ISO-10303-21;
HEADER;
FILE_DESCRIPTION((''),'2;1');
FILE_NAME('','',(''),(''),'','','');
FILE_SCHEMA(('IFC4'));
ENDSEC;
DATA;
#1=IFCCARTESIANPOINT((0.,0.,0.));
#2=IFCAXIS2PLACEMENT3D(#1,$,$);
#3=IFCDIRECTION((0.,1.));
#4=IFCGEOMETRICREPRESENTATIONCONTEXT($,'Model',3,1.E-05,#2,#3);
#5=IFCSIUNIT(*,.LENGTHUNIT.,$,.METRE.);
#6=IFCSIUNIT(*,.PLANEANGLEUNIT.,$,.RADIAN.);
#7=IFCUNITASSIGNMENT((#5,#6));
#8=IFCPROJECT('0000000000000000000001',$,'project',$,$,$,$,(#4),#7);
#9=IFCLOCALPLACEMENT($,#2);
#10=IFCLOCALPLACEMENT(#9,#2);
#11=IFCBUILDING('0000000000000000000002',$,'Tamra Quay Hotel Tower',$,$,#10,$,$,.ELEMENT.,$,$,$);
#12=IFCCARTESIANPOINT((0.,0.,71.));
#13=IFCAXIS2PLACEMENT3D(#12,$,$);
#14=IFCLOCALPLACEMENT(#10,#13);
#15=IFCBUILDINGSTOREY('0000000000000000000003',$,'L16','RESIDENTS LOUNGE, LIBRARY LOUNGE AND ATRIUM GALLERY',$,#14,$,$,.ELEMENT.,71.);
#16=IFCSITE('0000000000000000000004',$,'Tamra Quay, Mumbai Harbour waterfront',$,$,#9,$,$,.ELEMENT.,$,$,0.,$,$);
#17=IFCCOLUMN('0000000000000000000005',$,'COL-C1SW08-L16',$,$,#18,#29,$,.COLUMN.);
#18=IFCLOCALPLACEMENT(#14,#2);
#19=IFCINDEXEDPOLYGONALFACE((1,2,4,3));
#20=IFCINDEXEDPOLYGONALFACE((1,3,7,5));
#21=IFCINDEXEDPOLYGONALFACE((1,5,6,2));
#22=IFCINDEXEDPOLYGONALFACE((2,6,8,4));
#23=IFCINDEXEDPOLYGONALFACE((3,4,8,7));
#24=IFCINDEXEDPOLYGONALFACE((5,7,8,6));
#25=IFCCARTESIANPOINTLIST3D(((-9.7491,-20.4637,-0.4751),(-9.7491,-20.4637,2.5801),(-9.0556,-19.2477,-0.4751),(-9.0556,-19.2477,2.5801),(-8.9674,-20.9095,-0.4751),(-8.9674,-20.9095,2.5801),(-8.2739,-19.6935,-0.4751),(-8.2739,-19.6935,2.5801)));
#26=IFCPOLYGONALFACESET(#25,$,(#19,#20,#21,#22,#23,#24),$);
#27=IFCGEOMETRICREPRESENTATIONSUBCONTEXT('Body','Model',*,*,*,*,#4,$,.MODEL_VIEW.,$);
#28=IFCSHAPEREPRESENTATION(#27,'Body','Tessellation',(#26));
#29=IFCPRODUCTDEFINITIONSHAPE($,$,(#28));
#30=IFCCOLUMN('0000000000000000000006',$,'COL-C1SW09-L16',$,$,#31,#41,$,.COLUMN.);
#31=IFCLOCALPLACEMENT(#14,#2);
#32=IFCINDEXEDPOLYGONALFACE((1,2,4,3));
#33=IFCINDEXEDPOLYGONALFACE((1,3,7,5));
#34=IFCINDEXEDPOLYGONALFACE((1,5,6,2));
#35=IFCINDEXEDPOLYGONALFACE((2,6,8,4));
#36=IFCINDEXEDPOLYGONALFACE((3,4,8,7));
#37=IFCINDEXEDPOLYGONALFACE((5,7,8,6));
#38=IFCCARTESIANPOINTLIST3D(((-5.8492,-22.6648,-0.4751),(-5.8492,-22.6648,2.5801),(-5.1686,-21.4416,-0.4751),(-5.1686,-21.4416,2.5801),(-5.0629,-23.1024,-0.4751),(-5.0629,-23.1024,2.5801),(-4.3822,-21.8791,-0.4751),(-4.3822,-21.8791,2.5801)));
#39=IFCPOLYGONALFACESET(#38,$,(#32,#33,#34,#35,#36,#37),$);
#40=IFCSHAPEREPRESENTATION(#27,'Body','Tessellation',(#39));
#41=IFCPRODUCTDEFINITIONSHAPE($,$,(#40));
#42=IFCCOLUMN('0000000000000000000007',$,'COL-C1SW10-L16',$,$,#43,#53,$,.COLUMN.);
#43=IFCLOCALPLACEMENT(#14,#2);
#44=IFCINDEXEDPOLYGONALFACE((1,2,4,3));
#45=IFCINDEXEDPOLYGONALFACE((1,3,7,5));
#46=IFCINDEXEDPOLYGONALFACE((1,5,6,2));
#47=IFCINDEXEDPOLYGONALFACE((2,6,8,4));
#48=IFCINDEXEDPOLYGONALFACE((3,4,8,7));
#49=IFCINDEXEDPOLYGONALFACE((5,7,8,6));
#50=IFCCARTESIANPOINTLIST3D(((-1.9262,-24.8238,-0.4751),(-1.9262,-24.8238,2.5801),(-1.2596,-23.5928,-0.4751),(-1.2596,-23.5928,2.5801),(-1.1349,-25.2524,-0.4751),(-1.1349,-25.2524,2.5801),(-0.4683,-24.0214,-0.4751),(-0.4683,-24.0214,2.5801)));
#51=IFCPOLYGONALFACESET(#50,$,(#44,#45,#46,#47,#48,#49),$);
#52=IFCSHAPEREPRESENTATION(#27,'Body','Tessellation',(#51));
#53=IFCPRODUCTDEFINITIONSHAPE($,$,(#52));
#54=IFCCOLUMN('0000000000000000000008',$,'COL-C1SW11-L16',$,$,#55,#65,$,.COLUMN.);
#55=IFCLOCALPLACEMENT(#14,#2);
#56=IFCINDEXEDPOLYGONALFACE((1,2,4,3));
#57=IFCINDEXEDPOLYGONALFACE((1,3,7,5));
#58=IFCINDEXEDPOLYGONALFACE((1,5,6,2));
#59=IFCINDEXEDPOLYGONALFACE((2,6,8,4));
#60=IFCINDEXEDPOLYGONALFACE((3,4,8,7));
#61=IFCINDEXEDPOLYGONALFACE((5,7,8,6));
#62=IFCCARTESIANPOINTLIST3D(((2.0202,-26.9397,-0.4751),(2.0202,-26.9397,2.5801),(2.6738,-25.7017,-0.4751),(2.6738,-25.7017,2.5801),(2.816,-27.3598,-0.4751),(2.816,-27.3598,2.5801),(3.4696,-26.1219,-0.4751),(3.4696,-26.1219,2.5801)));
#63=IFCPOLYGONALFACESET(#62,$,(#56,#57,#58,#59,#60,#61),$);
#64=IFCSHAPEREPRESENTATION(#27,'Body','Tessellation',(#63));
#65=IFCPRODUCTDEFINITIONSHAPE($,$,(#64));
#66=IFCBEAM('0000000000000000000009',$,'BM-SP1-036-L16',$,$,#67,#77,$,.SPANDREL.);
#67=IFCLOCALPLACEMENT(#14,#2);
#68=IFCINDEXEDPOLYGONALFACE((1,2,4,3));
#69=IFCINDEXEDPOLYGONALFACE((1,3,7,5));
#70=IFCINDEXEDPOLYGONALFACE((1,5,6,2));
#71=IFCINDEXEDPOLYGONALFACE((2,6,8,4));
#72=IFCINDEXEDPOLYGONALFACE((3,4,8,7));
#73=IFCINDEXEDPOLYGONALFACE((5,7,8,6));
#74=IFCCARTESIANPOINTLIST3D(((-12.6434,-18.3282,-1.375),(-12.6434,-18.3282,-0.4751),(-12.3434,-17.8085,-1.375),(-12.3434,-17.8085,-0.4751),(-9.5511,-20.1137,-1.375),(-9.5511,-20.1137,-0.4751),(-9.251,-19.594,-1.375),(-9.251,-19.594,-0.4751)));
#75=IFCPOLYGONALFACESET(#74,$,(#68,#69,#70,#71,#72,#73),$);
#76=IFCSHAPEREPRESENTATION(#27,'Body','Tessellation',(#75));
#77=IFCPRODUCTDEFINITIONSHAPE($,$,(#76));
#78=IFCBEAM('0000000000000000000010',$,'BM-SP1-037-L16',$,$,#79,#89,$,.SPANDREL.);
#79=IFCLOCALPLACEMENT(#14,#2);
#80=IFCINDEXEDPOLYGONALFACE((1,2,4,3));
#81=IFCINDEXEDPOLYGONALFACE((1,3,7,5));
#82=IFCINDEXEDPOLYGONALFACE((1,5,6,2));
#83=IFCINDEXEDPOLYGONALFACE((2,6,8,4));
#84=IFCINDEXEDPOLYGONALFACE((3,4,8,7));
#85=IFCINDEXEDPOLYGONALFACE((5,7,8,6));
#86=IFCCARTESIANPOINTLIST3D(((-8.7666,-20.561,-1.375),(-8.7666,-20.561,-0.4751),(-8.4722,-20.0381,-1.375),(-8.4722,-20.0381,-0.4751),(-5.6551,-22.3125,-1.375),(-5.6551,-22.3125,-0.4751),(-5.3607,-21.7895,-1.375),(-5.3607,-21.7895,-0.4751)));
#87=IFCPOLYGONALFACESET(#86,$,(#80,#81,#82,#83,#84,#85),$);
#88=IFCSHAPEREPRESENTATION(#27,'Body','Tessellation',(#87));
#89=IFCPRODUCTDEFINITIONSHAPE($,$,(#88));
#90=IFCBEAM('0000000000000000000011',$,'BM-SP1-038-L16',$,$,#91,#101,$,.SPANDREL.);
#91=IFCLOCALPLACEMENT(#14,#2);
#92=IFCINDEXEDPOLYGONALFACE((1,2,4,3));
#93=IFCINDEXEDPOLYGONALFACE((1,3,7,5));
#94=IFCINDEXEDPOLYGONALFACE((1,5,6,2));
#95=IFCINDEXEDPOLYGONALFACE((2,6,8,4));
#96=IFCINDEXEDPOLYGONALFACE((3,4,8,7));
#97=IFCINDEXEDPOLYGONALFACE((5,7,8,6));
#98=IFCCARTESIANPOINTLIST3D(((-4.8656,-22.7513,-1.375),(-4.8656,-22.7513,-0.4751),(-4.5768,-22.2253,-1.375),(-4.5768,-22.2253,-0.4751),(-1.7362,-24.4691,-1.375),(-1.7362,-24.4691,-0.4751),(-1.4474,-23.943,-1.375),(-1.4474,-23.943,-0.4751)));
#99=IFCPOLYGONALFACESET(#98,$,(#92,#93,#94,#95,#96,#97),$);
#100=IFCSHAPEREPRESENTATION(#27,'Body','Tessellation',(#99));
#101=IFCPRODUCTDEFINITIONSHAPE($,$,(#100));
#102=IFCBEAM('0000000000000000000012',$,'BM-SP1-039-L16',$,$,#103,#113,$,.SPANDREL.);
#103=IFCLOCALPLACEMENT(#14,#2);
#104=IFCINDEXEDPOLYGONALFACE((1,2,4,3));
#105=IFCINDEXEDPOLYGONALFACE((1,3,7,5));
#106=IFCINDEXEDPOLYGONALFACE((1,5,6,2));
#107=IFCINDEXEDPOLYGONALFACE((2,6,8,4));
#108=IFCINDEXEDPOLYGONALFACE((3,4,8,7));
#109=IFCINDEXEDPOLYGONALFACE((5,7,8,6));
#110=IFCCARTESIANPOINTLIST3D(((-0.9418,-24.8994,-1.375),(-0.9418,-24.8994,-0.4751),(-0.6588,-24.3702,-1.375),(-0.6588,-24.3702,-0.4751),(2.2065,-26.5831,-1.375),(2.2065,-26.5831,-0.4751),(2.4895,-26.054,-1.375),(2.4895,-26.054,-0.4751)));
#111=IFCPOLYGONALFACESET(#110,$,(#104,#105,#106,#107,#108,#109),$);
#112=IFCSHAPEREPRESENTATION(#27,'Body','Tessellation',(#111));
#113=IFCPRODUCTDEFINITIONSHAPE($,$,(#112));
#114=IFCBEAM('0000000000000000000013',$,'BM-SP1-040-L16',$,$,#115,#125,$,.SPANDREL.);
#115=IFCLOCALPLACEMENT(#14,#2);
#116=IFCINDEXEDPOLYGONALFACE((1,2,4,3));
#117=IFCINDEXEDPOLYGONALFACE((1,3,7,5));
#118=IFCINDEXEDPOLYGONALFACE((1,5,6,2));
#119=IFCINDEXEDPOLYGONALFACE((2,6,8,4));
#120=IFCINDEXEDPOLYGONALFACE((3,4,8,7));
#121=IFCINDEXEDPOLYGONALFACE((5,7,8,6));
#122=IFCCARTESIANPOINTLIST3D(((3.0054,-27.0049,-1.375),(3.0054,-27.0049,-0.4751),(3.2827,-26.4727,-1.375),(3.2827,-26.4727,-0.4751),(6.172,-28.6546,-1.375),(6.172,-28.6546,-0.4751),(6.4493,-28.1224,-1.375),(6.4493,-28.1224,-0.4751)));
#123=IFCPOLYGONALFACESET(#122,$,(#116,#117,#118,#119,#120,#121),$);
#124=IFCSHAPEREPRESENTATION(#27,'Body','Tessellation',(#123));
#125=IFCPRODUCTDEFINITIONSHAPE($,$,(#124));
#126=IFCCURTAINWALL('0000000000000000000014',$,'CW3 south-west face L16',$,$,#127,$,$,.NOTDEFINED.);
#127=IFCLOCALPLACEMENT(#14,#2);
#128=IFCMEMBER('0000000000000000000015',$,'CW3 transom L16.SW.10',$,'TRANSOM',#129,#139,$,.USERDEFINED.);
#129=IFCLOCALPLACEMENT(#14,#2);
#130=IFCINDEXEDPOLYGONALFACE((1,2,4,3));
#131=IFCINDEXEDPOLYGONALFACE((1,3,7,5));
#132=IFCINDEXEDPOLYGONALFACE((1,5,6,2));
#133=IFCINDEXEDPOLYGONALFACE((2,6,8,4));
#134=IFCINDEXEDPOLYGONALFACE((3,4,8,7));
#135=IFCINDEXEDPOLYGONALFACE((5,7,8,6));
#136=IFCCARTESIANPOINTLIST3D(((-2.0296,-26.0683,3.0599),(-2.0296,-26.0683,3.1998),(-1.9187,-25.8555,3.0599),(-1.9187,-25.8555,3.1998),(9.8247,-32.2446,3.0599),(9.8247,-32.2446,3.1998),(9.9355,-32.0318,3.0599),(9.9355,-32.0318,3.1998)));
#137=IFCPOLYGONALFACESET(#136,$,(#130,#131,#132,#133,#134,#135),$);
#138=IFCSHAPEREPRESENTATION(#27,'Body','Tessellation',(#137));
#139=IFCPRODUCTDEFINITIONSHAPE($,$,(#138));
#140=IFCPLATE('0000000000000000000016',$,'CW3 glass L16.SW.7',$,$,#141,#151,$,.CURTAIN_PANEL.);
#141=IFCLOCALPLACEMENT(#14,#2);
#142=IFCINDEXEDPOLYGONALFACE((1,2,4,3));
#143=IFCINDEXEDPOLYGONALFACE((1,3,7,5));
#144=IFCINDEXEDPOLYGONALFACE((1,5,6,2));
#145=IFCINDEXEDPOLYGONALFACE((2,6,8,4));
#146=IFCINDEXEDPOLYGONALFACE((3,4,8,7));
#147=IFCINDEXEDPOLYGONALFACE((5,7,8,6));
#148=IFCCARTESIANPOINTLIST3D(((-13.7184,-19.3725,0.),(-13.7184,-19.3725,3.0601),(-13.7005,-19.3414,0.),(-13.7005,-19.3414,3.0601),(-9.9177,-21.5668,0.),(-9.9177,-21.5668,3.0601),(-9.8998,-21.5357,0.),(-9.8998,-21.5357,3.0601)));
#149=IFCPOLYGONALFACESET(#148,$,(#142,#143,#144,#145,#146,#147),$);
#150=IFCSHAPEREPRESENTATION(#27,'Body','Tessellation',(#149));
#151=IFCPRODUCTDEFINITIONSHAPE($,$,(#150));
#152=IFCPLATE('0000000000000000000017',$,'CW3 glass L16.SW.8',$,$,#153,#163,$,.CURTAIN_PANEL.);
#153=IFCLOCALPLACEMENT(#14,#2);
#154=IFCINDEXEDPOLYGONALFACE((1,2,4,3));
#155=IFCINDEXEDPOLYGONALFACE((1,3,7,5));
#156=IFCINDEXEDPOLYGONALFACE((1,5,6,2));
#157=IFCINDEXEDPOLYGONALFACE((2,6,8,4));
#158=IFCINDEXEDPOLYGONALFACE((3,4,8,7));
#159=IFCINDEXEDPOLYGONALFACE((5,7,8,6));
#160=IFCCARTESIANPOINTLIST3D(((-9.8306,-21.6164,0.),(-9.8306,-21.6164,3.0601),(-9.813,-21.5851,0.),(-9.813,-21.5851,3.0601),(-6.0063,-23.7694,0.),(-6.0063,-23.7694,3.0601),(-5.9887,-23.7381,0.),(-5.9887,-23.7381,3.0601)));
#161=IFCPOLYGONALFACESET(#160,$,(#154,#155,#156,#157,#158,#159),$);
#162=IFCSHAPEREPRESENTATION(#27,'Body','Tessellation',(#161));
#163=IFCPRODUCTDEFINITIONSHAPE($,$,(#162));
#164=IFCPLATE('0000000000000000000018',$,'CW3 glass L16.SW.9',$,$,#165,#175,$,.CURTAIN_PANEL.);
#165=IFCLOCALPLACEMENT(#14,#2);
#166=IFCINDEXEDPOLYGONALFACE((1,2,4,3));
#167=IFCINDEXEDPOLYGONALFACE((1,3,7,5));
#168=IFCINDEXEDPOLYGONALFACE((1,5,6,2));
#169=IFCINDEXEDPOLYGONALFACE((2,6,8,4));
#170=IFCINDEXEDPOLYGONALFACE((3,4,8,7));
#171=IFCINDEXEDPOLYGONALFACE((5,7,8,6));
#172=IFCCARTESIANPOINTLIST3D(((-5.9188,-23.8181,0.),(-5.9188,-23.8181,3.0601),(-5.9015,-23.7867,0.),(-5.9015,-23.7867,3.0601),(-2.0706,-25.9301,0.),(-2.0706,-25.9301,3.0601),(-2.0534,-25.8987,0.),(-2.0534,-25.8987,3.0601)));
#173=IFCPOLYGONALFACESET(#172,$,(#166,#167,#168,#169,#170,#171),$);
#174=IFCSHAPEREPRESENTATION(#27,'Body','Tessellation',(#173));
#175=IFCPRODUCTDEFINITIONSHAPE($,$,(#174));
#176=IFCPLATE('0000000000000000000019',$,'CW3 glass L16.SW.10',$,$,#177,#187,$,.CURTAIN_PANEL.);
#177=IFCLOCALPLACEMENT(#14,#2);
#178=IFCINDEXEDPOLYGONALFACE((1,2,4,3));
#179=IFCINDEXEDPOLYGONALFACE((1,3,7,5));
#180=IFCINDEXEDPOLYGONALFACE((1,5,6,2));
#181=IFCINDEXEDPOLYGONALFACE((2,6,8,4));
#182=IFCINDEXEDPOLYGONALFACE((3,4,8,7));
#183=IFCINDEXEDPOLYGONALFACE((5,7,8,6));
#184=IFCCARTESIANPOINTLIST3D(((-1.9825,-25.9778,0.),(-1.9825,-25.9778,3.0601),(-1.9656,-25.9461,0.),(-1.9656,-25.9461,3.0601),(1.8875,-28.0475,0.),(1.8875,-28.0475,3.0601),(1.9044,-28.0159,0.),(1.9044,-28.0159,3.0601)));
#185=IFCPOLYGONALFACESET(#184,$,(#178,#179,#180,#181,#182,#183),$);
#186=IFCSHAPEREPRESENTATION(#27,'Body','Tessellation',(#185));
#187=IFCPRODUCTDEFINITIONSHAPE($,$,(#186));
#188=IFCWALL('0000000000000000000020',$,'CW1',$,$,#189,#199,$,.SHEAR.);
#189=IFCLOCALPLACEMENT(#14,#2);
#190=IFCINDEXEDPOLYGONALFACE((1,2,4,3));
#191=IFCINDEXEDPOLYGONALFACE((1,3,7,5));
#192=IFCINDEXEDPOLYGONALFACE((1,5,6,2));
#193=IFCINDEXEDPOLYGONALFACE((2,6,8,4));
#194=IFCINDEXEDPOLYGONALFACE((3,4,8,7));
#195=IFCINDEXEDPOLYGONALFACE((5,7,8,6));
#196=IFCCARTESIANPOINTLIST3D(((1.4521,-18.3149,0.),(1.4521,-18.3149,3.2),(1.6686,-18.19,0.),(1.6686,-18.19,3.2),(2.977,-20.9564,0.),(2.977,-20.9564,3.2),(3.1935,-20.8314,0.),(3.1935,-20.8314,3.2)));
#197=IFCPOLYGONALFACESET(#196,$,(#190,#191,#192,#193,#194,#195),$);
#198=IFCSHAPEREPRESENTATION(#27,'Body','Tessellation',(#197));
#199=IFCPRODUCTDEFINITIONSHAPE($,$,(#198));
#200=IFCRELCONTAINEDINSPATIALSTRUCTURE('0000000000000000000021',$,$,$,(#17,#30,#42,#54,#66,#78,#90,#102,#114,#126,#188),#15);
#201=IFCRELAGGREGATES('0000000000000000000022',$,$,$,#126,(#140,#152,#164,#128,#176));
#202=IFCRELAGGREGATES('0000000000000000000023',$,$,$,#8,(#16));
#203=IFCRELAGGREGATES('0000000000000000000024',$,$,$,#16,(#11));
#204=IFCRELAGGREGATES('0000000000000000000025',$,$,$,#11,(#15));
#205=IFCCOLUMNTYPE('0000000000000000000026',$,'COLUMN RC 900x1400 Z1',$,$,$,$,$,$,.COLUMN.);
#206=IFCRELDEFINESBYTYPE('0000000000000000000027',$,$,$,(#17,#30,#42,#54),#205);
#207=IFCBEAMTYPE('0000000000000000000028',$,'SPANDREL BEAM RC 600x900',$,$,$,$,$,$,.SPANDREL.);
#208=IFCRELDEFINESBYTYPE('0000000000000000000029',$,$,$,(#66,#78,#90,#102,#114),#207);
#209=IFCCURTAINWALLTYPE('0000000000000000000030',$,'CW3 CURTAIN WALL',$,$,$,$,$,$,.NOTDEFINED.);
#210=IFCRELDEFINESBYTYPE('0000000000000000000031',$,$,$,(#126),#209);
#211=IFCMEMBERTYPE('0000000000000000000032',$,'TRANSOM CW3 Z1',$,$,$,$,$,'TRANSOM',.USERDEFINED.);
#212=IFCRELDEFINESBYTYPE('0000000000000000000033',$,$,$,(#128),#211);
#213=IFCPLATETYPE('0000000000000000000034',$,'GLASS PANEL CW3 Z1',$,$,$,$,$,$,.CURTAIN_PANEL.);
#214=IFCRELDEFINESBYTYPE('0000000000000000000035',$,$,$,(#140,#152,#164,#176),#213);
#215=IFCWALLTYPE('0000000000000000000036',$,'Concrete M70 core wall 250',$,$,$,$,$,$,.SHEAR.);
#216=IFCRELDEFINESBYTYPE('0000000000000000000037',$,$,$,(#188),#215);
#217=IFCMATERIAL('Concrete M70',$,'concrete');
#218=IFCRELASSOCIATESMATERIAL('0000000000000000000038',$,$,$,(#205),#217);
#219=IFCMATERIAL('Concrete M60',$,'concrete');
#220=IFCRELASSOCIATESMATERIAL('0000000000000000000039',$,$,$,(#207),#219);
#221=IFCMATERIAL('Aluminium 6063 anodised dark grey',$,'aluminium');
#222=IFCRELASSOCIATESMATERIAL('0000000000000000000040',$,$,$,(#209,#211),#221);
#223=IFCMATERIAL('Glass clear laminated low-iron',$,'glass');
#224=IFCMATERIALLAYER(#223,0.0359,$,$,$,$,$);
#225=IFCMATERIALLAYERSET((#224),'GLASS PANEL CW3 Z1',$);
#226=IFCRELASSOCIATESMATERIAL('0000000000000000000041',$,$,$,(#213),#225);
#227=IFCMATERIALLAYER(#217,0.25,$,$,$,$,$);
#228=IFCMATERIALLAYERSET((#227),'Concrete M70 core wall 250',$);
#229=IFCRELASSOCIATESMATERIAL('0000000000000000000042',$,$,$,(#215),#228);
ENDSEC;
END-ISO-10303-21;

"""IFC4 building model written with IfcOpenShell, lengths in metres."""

from ifc_helpers import new_model, si_unit, direction, frame, frame_2d, origin, origin_2d, place, context, subcontext, project, spatial, rectangle, extrude, material, layer, layer_set, material_profile, profile_set, type_object, element, aggregate, save


model = new_model("IFC4")

# Units and contexts
model_context = context("Model", 3, precision=1e-05, world=origin(), true_north=direction((0.0, 1.0)))
body_context = subcontext(model_context, "Body", "Model", "MODEL_VIEW")
ifc_project = project(units=[si_unit("LENGTHUNIT", "METRE"), si_unit("PLANEANGLEUNIT", "RADIAN")], contexts=[model_context])

# Site, building, storey
site_placement = place(None, origin())
site = spatial("IfcSite", under=ifc_project, at=site_placement, Name="Tamra Quay, Mumbai Harbour waterfront", CompositionType="ELEMENT", RefElevation=0.0)
building_placement = place(site_placement, origin())
building = spatial("IfcBuilding", under=site, at=building_placement, Name="Tamra Quay Hotel Tower", CompositionType="ELEMENT")
storey_placement = place(building_placement, frame((0.0, 0.0, 71.0)))
storey = spatial("IfcBuildingStorey", under=building, at=storey_placement, Name="L16", Description="RESIDENTS LOUNGE, LIBRARY LOUNGE AND ATRIUM GALLERY", CompositionType="ELEMENT", Elevation=71.0)

# Columns
ifc_material_1 = material(Name="Concrete M70", Category="concrete")
ifc_material_profile_1 = material_profile(ifc_material_1, rectangle(XDim=1.3999, YDim=0.8999, at=origin_2d()), Name="COLUMN RC 900x1400 Z1")
ifc_profile_set_1 = profile_set([ifc_material_profile_1], Name="Concrete M70")
column_type = type_object("IfcColumnType", Name="COLUMN RC 900x1400 Z1", PredefinedType="COLUMN", material=ifc_profile_set_1)
for number, where, z_axis, x_axis, name in (
    (1, (-9.0115, -20.0786, -0.4751), (0.0, 0.0, 1.0), (0.495421, 0.868653, 0.0), "COL-C1SW08-L16"),
    (2, (-5.1157, -22.272, -0.4751), (0.0, 0.0, 1.0), (0.486221, 0.873836, 0.0), "COL-C1SW09-L16"),
    (3, (-1.1973, -24.4226, -0.4751), (0.0, 0.0, 1.0), (0.476198, 0.879338, 0.0), "COL-C1SW10-L16"),
    (4, (2.7449, -26.5308, -0.4751), (0.0, 0.0, 1.0), (0.466896, 0.884312, 0.0), "COL-C1SW11-L16"),
):
    element("IfcColumn", number, at=place(storey_placement, frame(where, z_axis=z_axis, x_axis=x_axis)), inside=storey, type_object=column_type, Name=name, PredefinedType="COLUMN", context=body_context, shape_type="SweptSolid", body=[
        extrude(rectangle(XDim=1.3999, YDim=0.8999, at=origin_2d()), origin(), (0.0, 0.0, 1.0), 3.0552),
    ])

# Beams
ifc_material_2 = material(Name="Concrete M60", Category="concrete")
ifc_material_profile_2 = material_profile(ifc_material_2, rectangle(XDim=0.6001, YDim=0.8999, at=origin_2d()), Name="SPANDREL BEAM RC 600x900")
ifc_profile_set_2 = profile_set([ifc_material_profile_2], Name="Concrete M60")
beam_type = type_object("IfcBeamType", Name="SPANDREL BEAM RC 600x900", PredefinedType="SPANDREL", material=ifc_profile_set_2)
beam_1_placement = place(storey_placement, frame((-12.4934, -18.0684, -0.925), z_axis=(0.866017, -0.500014, 0.0), x_axis=(0.500014, 0.866017, 0.0)))
element("IfcBeam", 5, at=beam_1_placement, inside=storey, type_object=beam_type, Name="BM-SP1-036-L16", PredefinedType="SPANDREL", context=body_context, shape_type="SweptSolid", body=[
    extrude(rectangle(XDim=0.6001, YDim=0.8999, at=origin_2d()), origin(), (0.0, 0.0, 1.0), 3.5708),
])
beam_2_placement = place(storey_placement, frame((-8.6194, -20.2996, -0.925), z_axis=(0.871431, -0.490518, 0.0), x_axis=(0.490518, 0.871431, 0.0)))
element("IfcBeam", 6, at=beam_2_placement, inside=storey, type_object=beam_type, Name="BM-SP1-037-L16", PredefinedType="SPANDREL", context=body_context, shape_type="SweptSolid", body=[
    extrude(rectangle(XDim=0.6001, YDim=0.8999, at=origin_2d()), origin(), (0.0, 0.0, 1.0), 3.5706),
])
beam_3_placement = place(storey_placement, frame((-4.7212, -22.4883, -0.925), z_axis=(0.876617, -0.481189, 0.0), x_axis=(0.481189, 0.876617, 0.0)))
element("IfcBeam", 7, at=beam_3_placement, inside=storey, type_object=beam_type, Name="BM-SP1-038-L16", PredefinedType="SPANDREL", context=body_context, shape_type="SweptSolid", body=[
    extrude(rectangle(XDim=0.6001, YDim=0.8999, at=origin_2d()), origin(), (0.0, 0.0, 1.0), 3.5698),
])
beam_4_placement = place(storey_placement, frame((-0.8003, -24.6348, -0.925), z_axis=(0.881809, -0.471607, 0.0), x_axis=(0.471607, 0.881809, 0.0)))
element("IfcBeam", 8, at=beam_4_placement, inside=storey, type_object=beam_type, Name="BM-SP1-039-L16", PredefinedType="SPANDREL", context=body_context, shape_type="SweptSolid", body=[
    extrude(rectangle(XDim=0.6001, YDim=0.8999, at=origin_2d()), origin(), (0.0, 0.0, 1.0), 3.5703),
])
beam_5_placement = place(storey_placement, frame((3.144, -26.7388, -0.925), z_axis=(0.886864, -0.462031, 0.0), x_axis=(0.462031, 0.886864, 0.0)))
element("IfcBeam", 9, at=beam_5_placement, inside=storey, type_object=beam_type, Name="BM-SP1-040-L16", PredefinedType="SPANDREL", context=body_context, shape_type="SweptSolid", body=[
    extrude(rectangle(XDim=0.6001, YDim=0.8999, at=origin_2d()), origin(), (0.0, 0.0, 1.0), 3.5706),
])

# Curtain wall, member, plates
ifc_material_3 = material(Name="Aluminium 6063 anodised dark grey", Category="aluminium")
curtain_wall_type = type_object("IfcCurtainWallType", Name="CW3 CURTAIN WALL", PredefinedType="NOTDEFINED", material=ifc_material_3)
curtain_wall_placement = place(storey_placement, origin())
curtain_wall = element("IfcCurtainWall", 10, at=curtain_wall_placement, inside=storey, type_object=curtain_wall_type, Name="CW3 south-west face L16", PredefinedType="NOTDEFINED")
ifc_material_profile_3 = material_profile(ifc_material_3, rectangle(XDim=0.24, YDim=0.1399, at=origin_2d()), Name="TRANSOM 240X140")
ifc_profile_set_3 = profile_set([ifc_material_profile_3], Name="Aluminium 6063 anodised dark grey")
member_type = type_object("IfcMemberType", Name="TRANSOM CW3 Z1", ElementType="TRANSOM", PredefinedType="USERDEFINED", material=ifc_profile_set_3)
member_placement = place(storey_placement, frame((-1.9741, -25.9619, 3.1299), z_axis=(0.886847, -0.462063, 0.0), x_axis=(0.462063, 0.886847, 0.0)))
member = element("IfcMember", 11, at=member_placement, type_object=member_type, Name="CW3 transom L16.SW.10", ObjectType="TRANSOM", PredefinedType="USERDEFINED", context=body_context, shape_type="SweptSolid", body=[
    extrude(rectangle(XDim=0.24, YDim=0.1399, at=origin_2d()), origin(), (0.0, 0.0, 1.0), 13.3667),
])
ifc_material_4 = material(Name="Glass clear laminated low-iron", Category="glass")
ifc_layer_1 = layer(ifc_material_4, 0.0359)
ifc_layer_set_1 = layer_set([ifc_layer_1], Name="GLASS PANEL CW3 Z1")
plate_type = type_object("IfcPlateType", Name="GLASS PANEL CW3 Z1", PredefinedType="CURTAIN_PANEL", material=ifc_layer_set_1)
plate_1_placement = place(storey_placement, frame((-11.8091, -20.4541, 0.0), z_axis=(0.0, 0.0, 1.0), x_axis=(0.866025, -0.5, 0.0)))
plate_1 = element("IfcPlate", 12, at=plate_1_placement, type_object=plate_type, Name="CW3 glass L16.SW.7", PredefinedType="CURTAIN_PANEL", context=body_context, shape_type="SweptSolid", body=[
    extrude(rectangle(XDim=4.3887, YDim=0.0359, at=origin_2d()), origin(), (0.0, 0.0, 1.0), 3.0601),
])
plate_2_placement = place(storey_placement, frame((-7.9097, -22.6772, 0.0), z_axis=(0.0, 0.0, 1.0), x_axis=(0.871393, -0.490586, 0.0)))
plate_2 = element("IfcPlate", 13, at=plate_2_placement, type_object=plate_type, Name="CW3 glass L16.SW.8", PredefinedType="CURTAIN_PANEL", context=body_context, shape_type="SweptSolid", body=[
    extrude(rectangle(XDim=4.3887, YDim=0.0359, at=origin_2d()), origin(), (0.0, 0.0, 1.0), 3.0601),
])
plate_3_placement = place(storey_placement, frame((-3.9861, -24.8584, 0.0), z_axis=(0.0, 0.0, 1.0), x_axis=(0.876651, -0.481127, 0.0)))
plate_3 = element("IfcPlate", 14, at=plate_3_placement, type_object=plate_type, Name="CW3 glass L16.SW.9", PredefinedType="CURTAIN_PANEL", context=body_context, shape_type="SweptSolid", body=[
    extrude(rectangle(XDim=4.3896, YDim=0.0359, at=origin_2d()), origin(), (0.0, 0.0, 1.0), 3.0601),
])
plate_4_placement = place(storey_placement, frame((-0.0391, -26.9968, 0.0), z_axis=(0.0, 0.0, 1.0), x_axis=(0.881806, -0.471612, 0.0)))
plate_4 = element("IfcPlate", 15, at=plate_4_placement, type_object=plate_type, Name="CW3 glass L16.SW.10", PredefinedType="CURTAIN_PANEL", context=body_context, shape_type="SweptSolid", body=[
    extrude(rectangle(XDim=4.3887, YDim=0.0359, at=origin_2d()), origin(), (0.0, 0.0, 1.0), 3.0601),
])
aggregate(curtain_wall, [plate_1, plate_2, plate_3, member, plate_4])

# Wall
ifc_layer_2 = layer(ifc_material_1, 0.25)
ifc_layer_set_2 = layer_set([ifc_layer_2], Name="Concrete M70 core wall 250")
wall_type_1 = type_object("IfcWallType", Name="Concrete M70 core wall 250", PredefinedType="SHEAR", material=ifc_layer_set_2)
wall_1_placement = place(storey_placement, frame((3.0852, -20.8938, 0.0), z_axis=(0.0, 0.0, 1.0), x_axis=(-0.499979, 0.866038, 0.0)))
element("IfcWall", 16, at=wall_1_placement, inside=storey, type_object=wall_type_1, Name="CW1", PredefinedType="SHEAR", context=body_context, shape_type="SweptSolid", body=[
    extrude(rectangle(XDim=3.05, YDim=0.25, at=frame_2d((1.5249, 0.0))), origin(), (0.0, 0.0, 1.0), 3.2),
])

save(model, "model.ifc")
